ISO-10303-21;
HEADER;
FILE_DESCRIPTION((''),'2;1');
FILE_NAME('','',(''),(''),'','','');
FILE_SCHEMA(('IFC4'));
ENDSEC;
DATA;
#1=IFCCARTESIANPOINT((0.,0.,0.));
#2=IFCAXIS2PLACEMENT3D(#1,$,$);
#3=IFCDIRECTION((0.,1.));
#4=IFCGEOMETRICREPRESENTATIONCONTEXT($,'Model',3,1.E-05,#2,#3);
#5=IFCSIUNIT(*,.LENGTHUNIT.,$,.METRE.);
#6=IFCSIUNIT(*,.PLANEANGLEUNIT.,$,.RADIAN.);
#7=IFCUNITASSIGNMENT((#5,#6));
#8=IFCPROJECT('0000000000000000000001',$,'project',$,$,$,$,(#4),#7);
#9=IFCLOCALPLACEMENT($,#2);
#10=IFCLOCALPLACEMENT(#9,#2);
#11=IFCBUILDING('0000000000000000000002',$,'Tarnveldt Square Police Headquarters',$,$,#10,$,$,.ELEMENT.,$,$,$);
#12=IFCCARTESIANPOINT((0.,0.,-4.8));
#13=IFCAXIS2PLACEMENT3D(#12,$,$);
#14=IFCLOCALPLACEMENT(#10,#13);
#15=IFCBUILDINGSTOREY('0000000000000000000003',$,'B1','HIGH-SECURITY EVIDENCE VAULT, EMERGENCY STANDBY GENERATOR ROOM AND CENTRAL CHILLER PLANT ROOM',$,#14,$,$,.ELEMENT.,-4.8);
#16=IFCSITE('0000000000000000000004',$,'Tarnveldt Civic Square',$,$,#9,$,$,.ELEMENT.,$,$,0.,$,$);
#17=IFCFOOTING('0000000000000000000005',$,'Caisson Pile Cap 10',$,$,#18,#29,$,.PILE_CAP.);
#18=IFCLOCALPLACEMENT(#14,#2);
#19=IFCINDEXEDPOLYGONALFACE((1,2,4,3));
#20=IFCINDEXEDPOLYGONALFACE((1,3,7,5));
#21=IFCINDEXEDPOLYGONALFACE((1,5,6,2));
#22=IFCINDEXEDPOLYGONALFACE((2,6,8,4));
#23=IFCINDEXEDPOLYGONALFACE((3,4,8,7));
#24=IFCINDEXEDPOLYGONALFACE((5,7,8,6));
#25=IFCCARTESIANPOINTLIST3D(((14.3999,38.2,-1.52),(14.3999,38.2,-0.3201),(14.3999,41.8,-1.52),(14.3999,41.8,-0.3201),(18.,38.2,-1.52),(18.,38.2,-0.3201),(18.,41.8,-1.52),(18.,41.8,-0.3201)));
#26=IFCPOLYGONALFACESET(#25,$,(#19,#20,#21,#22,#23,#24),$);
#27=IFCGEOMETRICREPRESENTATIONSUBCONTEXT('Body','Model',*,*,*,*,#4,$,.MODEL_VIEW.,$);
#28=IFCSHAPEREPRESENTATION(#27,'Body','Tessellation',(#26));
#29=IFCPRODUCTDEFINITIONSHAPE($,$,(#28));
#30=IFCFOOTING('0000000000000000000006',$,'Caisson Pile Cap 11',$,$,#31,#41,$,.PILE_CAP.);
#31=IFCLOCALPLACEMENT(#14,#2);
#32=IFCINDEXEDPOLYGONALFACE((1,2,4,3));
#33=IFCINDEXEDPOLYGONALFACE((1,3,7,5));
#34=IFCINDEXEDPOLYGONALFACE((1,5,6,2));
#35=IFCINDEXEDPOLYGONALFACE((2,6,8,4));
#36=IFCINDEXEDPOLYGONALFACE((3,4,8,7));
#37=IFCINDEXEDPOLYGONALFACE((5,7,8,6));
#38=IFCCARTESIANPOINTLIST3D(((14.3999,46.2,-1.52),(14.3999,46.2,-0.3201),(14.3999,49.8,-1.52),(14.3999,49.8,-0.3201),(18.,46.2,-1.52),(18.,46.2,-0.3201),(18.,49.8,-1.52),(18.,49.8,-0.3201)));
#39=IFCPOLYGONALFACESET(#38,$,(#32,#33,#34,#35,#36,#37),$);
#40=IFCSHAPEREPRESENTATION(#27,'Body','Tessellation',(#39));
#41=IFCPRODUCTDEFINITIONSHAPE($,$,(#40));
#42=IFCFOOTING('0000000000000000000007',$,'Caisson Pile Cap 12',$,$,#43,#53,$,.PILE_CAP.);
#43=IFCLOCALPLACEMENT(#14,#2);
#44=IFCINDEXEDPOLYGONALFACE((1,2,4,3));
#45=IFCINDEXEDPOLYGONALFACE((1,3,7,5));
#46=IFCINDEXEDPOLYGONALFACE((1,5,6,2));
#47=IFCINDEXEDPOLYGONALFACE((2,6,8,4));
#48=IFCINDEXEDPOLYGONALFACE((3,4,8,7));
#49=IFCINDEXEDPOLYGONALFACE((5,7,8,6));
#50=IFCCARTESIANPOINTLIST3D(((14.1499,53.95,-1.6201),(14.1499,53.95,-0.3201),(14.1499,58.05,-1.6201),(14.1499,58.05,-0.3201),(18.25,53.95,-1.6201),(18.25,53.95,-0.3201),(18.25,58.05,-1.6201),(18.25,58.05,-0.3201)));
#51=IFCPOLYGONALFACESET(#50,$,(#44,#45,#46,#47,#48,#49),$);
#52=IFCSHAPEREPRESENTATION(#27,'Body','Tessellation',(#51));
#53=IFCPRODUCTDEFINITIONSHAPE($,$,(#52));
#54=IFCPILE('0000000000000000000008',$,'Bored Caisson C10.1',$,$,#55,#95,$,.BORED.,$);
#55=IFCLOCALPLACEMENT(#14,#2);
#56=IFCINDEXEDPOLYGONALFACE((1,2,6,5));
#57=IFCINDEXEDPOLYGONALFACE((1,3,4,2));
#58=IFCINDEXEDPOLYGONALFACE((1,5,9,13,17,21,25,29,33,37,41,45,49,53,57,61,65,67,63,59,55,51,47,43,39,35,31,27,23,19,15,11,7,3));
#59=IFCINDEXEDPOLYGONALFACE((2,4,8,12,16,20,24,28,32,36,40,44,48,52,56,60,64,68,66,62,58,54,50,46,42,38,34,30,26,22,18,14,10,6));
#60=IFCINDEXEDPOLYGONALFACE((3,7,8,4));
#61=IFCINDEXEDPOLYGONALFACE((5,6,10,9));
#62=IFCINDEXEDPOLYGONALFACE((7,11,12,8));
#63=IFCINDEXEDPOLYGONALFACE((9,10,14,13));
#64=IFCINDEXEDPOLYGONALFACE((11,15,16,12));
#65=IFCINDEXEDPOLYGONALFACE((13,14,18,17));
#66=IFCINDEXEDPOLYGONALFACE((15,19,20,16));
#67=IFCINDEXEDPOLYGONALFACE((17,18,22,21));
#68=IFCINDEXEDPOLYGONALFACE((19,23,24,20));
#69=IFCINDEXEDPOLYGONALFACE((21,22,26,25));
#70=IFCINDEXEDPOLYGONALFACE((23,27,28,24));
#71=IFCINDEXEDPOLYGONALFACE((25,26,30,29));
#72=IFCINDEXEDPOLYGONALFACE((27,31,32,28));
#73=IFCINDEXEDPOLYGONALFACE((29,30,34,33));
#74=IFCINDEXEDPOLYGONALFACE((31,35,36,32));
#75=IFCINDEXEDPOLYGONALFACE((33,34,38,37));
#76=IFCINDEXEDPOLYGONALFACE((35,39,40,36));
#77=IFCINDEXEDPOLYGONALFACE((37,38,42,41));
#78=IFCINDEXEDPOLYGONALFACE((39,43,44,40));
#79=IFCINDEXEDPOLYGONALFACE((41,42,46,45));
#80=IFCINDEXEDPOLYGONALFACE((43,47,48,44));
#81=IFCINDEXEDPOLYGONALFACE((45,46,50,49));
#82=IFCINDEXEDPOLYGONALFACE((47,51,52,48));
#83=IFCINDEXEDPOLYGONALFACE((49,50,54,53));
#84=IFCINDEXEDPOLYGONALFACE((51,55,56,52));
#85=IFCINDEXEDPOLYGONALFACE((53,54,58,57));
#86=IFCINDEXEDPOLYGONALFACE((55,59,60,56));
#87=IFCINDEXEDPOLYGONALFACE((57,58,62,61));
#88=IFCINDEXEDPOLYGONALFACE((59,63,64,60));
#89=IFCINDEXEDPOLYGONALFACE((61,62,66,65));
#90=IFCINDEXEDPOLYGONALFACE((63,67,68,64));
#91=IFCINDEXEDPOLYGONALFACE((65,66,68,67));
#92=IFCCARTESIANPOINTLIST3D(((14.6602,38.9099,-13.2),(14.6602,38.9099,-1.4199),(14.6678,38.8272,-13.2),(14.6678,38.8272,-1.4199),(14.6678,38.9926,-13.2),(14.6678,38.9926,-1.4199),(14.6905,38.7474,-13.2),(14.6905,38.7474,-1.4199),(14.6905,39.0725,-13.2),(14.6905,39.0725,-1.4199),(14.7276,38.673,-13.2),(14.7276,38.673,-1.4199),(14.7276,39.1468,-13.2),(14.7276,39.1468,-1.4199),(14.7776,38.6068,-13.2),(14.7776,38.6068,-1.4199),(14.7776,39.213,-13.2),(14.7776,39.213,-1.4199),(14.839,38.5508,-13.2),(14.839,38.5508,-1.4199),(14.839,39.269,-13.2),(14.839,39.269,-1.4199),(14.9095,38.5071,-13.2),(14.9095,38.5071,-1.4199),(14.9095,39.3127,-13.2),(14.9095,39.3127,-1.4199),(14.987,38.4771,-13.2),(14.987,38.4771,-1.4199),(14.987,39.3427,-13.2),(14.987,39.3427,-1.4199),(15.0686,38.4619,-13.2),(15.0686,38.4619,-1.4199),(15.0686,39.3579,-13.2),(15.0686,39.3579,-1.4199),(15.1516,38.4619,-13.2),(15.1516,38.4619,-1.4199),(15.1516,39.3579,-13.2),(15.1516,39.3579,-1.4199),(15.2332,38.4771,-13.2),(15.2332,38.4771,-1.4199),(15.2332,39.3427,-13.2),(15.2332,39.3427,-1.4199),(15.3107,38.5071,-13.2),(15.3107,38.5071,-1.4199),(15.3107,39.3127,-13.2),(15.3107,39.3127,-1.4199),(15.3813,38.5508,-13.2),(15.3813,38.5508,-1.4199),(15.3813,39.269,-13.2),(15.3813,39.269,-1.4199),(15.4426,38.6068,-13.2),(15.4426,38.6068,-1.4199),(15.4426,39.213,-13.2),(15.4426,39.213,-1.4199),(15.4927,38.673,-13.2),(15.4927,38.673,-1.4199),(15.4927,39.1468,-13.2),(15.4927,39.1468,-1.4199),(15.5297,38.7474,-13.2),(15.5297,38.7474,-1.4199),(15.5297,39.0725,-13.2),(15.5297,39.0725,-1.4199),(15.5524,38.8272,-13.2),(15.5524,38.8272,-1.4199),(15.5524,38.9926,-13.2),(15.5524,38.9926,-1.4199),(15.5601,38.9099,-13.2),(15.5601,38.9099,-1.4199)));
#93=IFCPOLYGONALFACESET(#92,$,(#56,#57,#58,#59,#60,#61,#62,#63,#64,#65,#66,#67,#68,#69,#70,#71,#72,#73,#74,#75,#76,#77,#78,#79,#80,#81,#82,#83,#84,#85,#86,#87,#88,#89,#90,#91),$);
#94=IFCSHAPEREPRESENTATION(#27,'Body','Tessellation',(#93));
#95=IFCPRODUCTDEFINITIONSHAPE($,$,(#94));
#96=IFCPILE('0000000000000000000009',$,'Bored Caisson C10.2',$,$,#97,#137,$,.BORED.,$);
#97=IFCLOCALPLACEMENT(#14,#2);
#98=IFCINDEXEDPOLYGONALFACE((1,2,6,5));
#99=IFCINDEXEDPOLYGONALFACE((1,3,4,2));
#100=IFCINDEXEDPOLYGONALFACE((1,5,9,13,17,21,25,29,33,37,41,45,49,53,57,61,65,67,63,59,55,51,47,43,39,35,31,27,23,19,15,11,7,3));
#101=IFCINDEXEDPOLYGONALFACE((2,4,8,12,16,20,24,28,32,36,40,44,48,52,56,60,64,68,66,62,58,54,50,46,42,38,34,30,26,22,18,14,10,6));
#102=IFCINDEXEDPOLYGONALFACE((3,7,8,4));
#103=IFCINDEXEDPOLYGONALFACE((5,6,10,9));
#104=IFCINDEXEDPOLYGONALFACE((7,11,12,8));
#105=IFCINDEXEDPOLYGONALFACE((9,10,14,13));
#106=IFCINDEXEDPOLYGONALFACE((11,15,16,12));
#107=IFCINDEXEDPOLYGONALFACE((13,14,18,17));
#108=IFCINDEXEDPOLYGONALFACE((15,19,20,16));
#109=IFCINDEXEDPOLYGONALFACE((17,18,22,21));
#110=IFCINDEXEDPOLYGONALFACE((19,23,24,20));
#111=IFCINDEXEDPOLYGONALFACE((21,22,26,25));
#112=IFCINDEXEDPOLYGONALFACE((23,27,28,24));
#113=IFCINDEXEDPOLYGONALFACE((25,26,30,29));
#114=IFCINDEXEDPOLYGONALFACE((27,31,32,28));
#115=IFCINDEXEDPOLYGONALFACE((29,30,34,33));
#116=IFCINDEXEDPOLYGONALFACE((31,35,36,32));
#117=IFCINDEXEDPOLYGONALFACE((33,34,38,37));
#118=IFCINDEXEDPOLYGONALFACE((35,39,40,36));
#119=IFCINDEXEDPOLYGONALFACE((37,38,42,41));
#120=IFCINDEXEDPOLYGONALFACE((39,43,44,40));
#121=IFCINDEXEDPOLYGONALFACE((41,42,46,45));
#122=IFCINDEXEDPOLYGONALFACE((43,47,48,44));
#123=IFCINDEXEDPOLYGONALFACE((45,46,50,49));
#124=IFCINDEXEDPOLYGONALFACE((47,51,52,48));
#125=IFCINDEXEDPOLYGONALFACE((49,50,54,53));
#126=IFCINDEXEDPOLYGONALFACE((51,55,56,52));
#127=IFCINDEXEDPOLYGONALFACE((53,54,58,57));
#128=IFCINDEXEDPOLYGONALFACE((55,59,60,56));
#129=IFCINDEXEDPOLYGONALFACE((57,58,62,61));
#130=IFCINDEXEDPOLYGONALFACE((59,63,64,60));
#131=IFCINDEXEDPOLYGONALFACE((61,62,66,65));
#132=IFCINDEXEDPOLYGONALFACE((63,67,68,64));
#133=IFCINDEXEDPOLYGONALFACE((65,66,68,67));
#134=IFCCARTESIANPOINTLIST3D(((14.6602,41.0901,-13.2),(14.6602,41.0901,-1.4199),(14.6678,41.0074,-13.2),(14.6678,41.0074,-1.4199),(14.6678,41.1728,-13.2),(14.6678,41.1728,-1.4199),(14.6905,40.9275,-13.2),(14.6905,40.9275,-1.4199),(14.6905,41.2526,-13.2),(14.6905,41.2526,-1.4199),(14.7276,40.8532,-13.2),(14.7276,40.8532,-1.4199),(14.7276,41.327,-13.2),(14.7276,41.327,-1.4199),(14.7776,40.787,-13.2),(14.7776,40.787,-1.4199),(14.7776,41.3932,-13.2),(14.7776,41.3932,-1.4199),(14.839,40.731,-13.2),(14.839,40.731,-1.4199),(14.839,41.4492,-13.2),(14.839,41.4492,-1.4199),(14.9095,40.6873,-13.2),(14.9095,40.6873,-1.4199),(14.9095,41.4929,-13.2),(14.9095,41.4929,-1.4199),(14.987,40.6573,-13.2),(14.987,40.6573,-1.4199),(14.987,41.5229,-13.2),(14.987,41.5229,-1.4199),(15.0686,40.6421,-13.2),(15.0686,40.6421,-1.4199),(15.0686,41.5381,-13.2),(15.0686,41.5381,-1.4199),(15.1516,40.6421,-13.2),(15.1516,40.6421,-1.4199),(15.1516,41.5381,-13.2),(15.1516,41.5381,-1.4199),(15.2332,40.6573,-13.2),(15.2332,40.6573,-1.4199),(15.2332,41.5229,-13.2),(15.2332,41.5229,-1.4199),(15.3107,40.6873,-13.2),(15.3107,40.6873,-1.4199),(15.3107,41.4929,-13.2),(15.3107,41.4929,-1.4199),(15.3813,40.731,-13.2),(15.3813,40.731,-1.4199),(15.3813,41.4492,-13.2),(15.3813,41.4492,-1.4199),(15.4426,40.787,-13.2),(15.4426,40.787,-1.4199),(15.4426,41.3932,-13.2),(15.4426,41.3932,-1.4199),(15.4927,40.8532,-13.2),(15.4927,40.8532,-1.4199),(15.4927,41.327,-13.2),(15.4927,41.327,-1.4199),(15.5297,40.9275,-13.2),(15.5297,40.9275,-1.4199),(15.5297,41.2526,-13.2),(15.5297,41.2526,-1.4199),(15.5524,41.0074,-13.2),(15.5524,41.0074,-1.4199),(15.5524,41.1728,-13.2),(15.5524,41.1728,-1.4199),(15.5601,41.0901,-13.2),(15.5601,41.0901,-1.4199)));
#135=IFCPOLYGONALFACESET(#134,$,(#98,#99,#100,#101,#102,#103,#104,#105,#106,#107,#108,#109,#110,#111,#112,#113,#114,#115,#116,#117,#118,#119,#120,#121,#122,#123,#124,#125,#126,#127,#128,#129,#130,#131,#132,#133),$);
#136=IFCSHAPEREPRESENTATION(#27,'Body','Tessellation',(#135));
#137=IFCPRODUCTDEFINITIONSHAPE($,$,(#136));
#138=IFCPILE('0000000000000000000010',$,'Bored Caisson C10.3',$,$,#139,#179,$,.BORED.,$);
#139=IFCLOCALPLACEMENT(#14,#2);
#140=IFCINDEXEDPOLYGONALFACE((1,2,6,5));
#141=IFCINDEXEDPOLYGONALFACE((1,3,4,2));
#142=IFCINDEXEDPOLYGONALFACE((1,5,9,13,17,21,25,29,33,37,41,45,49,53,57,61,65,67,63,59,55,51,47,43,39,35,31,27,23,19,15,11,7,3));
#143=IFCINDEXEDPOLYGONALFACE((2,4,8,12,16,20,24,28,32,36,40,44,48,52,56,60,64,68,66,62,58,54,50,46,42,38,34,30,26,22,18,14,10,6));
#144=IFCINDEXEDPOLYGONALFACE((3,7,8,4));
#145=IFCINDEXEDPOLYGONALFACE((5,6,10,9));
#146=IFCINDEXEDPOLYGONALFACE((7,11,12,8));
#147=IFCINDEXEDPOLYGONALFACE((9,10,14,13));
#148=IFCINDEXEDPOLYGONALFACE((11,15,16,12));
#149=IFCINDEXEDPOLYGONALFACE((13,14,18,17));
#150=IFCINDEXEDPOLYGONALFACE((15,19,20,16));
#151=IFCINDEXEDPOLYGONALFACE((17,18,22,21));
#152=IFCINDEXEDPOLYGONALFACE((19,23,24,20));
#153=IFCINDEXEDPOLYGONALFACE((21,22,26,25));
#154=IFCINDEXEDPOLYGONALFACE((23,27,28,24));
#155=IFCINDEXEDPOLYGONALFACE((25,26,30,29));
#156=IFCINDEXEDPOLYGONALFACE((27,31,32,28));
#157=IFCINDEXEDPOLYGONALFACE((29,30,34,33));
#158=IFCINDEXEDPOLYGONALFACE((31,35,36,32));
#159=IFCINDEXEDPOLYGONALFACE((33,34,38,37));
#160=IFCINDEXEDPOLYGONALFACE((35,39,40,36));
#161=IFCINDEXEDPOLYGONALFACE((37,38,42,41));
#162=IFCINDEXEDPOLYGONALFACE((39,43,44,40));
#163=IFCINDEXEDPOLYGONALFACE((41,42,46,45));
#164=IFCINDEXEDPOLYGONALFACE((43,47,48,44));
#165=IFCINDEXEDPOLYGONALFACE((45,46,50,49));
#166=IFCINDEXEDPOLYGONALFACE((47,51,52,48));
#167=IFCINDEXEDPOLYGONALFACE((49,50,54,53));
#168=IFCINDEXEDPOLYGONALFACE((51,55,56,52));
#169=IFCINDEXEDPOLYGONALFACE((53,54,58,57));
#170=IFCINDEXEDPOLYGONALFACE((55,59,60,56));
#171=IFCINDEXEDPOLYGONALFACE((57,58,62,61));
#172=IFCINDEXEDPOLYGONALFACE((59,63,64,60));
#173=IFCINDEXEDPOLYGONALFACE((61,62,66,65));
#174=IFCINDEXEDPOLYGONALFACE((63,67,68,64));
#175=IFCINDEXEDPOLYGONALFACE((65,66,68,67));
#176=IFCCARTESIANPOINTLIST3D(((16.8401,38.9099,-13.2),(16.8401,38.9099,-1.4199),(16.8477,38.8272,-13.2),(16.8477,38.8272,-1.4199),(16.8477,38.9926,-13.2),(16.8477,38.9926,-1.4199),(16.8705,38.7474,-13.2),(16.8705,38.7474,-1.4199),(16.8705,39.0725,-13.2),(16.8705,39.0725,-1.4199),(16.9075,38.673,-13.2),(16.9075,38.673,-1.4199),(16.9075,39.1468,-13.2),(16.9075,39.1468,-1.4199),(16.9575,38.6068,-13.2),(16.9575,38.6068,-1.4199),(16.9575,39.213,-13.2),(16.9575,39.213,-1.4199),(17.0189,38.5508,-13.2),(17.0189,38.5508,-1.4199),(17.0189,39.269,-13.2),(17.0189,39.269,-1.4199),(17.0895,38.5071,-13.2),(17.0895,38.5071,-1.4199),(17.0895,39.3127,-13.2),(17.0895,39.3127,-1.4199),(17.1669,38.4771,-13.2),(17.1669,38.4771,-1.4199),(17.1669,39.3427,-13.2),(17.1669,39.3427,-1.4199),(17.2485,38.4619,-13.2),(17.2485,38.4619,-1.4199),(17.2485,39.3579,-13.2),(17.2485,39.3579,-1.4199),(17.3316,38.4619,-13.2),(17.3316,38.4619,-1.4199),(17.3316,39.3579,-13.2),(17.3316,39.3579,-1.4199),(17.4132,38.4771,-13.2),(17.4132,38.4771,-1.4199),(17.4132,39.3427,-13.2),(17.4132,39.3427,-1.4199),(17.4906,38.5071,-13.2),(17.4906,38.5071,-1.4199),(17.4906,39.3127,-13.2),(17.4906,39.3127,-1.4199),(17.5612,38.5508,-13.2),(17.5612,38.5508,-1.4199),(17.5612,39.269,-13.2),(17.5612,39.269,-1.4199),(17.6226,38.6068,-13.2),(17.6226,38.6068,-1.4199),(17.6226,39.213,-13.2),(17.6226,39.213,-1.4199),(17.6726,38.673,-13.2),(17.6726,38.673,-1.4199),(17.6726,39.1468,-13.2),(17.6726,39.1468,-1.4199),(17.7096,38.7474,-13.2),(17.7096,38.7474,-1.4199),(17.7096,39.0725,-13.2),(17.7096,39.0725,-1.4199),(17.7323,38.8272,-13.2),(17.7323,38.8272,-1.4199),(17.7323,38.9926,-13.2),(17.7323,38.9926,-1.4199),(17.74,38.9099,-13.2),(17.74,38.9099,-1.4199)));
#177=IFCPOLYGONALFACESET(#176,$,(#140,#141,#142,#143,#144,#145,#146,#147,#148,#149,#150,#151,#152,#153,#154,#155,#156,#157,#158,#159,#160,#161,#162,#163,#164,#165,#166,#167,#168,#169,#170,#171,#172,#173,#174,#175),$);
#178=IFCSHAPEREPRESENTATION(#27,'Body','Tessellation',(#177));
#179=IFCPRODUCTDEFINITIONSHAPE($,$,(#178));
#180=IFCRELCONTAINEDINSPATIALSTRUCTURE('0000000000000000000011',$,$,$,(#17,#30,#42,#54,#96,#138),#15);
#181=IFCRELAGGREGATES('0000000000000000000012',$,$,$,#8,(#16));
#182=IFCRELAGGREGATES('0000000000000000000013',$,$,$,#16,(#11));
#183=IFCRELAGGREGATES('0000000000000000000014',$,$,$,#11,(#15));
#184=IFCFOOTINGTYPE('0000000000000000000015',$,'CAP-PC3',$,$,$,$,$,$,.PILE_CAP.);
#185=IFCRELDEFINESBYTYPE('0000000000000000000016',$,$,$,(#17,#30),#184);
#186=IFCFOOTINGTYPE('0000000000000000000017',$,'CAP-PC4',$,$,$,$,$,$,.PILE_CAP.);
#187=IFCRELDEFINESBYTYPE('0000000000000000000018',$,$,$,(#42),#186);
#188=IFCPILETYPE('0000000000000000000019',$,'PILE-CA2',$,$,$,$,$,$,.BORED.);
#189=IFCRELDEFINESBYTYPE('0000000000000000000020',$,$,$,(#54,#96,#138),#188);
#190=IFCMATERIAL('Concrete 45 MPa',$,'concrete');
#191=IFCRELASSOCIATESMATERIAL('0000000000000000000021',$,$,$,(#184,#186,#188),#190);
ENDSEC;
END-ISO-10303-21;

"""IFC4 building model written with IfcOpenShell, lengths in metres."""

from ifc_helpers import new_model, si_unit, direction, frame, origin, origin_2d, place, context, subcontext, project, spatial, rectangle, circle, extrude, material, material_profile, profile_set, type_object, element, save


model = new_model("IFC4")

# Units and contexts
model_context = context("Model", 3, precision=1e-05, world=origin(), true_north=direction((0.0, 1.0)))
body_context = subcontext(model_context, "Body", "Model", "MODEL_VIEW")
ifc_project = project(units=[si_unit("LENGTHUNIT", "METRE"), si_unit("PLANEANGLEUNIT", "RADIAN")], contexts=[model_context])

# Site, building, storey
site_placement = place(None, origin())
site = spatial("IfcSite", under=ifc_project, at=site_placement, Name="Tarnveldt Civic Square", CompositionType="ELEMENT", RefElevation=0.0)
building_placement = place(site_placement, origin())
building = spatial("IfcBuilding", under=site, at=building_placement, Name="Tarnveldt Square Police Headquarters", CompositionType="ELEMENT")
storey_placement = place(building_placement, frame((0.0, 0.0, -4.8)))
storey = spatial("IfcBuildingStorey", under=building, at=storey_placement, Name="B1", Description="HIGH-SECURITY EVIDENCE VAULT, EMERGENCY STANDBY GENERATOR ROOM AND CENTRAL CHILLER PLANT ROOM", CompositionType="ELEMENT", Elevation=-4.8)

# Footings
ifc_material_1 = material(Name="Concrete 45 MPa", Category="concrete")
footing_type_1 = type_object("IfcFootingType", Name="CAP-PC3", PredefinedType="PILE_CAP", material=ifc_material_1)
for number, where, z_axis, x_axis, name in (
    (1, (16.2, 40.0, -1.52), (0.0, 0.0, 1.0), (1.0, 0.0, 0.0), "Caisson Pile Cap 10"),
    (2, (16.2, 48.0, -1.52), (0.0, 0.0, 1.0), (1.0, 0.0, 0.0), "Caisson Pile Cap 11"),
):
    element("IfcFooting", number, at=place(storey_placement, frame(where, z_axis=z_axis, x_axis=x_axis)), inside=storey, type_object=footing_type_1, Name=name, PredefinedType="PILE_CAP", context=body_context, shape_type="SweptSolid", body=[
        extrude(rectangle(XDim=3.6001, YDim=3.6001, at=origin_2d()), origin(), (0.0, 0.0, 1.0), 1.2),
    ])
footing_type_2 = type_object("IfcFootingType", Name="CAP-PC4", PredefinedType="PILE_CAP", material=ifc_material_1)
footing_placement = place(storey_placement, frame((16.2, 56.0, -1.6201), z_axis=(0.0, 0.0, 1.0), x_axis=(1.0, 0.0, 0.0)))
element("IfcFooting", 3, at=footing_placement, inside=storey, type_object=footing_type_2, Name="Caisson Pile Cap 12", PredefinedType="PILE_CAP", context=body_context, shape_type="SweptSolid", body=[
    extrude(rectangle(XDim=4.1001, YDim=4.1001, at=origin_2d()), origin(), (0.0, 0.0, 1.0), 1.3),
])

# Piles
ifc_material_profile_1 = material_profile(ifc_material_1, circle(Radius=0.45, at=origin_2d()), Name="CAISSON-D900")
ifc_profile_set_1 = profile_set([ifc_material_profile_1], Name="Concrete 45 MPa")
pile_type_1 = type_object("IfcPileType", Name="PILE-CA2", PredefinedType="BORED", material=ifc_profile_set_1)
for number, where, z_axis, x_axis, name in (
    (4, (15.1101, 38.9099, -1.4199), (0.0, 0.0, -1.0), (1.0, 0.0, 0.0), "Bored Caisson C10.1"),
    (5, (15.1101, 41.0901, -1.4199), (0.0, 0.0, -1.0), (1.0, 0.0, 0.0), "Bored Caisson C10.2"),
    (6, (17.29, 38.9099, -1.4199), (0.0, 0.0, -1.0), (1.0, 0.0, 0.0), "Bored Caisson C10.3"),
):
    element("IfcPile", number, at=place(storey_placement, frame(where, z_axis=z_axis, x_axis=x_axis)), inside=storey, type_object=pile_type_1, Name=name, PredefinedType="BORED", context=body_context, shape_type="SweptSolid", body=[
        extrude(circle(Radius=0.45, at=origin_2d()), origin(), (0.0, 0.0, 1.0), 11.78),
    ])

save(model, "model.ifc")
